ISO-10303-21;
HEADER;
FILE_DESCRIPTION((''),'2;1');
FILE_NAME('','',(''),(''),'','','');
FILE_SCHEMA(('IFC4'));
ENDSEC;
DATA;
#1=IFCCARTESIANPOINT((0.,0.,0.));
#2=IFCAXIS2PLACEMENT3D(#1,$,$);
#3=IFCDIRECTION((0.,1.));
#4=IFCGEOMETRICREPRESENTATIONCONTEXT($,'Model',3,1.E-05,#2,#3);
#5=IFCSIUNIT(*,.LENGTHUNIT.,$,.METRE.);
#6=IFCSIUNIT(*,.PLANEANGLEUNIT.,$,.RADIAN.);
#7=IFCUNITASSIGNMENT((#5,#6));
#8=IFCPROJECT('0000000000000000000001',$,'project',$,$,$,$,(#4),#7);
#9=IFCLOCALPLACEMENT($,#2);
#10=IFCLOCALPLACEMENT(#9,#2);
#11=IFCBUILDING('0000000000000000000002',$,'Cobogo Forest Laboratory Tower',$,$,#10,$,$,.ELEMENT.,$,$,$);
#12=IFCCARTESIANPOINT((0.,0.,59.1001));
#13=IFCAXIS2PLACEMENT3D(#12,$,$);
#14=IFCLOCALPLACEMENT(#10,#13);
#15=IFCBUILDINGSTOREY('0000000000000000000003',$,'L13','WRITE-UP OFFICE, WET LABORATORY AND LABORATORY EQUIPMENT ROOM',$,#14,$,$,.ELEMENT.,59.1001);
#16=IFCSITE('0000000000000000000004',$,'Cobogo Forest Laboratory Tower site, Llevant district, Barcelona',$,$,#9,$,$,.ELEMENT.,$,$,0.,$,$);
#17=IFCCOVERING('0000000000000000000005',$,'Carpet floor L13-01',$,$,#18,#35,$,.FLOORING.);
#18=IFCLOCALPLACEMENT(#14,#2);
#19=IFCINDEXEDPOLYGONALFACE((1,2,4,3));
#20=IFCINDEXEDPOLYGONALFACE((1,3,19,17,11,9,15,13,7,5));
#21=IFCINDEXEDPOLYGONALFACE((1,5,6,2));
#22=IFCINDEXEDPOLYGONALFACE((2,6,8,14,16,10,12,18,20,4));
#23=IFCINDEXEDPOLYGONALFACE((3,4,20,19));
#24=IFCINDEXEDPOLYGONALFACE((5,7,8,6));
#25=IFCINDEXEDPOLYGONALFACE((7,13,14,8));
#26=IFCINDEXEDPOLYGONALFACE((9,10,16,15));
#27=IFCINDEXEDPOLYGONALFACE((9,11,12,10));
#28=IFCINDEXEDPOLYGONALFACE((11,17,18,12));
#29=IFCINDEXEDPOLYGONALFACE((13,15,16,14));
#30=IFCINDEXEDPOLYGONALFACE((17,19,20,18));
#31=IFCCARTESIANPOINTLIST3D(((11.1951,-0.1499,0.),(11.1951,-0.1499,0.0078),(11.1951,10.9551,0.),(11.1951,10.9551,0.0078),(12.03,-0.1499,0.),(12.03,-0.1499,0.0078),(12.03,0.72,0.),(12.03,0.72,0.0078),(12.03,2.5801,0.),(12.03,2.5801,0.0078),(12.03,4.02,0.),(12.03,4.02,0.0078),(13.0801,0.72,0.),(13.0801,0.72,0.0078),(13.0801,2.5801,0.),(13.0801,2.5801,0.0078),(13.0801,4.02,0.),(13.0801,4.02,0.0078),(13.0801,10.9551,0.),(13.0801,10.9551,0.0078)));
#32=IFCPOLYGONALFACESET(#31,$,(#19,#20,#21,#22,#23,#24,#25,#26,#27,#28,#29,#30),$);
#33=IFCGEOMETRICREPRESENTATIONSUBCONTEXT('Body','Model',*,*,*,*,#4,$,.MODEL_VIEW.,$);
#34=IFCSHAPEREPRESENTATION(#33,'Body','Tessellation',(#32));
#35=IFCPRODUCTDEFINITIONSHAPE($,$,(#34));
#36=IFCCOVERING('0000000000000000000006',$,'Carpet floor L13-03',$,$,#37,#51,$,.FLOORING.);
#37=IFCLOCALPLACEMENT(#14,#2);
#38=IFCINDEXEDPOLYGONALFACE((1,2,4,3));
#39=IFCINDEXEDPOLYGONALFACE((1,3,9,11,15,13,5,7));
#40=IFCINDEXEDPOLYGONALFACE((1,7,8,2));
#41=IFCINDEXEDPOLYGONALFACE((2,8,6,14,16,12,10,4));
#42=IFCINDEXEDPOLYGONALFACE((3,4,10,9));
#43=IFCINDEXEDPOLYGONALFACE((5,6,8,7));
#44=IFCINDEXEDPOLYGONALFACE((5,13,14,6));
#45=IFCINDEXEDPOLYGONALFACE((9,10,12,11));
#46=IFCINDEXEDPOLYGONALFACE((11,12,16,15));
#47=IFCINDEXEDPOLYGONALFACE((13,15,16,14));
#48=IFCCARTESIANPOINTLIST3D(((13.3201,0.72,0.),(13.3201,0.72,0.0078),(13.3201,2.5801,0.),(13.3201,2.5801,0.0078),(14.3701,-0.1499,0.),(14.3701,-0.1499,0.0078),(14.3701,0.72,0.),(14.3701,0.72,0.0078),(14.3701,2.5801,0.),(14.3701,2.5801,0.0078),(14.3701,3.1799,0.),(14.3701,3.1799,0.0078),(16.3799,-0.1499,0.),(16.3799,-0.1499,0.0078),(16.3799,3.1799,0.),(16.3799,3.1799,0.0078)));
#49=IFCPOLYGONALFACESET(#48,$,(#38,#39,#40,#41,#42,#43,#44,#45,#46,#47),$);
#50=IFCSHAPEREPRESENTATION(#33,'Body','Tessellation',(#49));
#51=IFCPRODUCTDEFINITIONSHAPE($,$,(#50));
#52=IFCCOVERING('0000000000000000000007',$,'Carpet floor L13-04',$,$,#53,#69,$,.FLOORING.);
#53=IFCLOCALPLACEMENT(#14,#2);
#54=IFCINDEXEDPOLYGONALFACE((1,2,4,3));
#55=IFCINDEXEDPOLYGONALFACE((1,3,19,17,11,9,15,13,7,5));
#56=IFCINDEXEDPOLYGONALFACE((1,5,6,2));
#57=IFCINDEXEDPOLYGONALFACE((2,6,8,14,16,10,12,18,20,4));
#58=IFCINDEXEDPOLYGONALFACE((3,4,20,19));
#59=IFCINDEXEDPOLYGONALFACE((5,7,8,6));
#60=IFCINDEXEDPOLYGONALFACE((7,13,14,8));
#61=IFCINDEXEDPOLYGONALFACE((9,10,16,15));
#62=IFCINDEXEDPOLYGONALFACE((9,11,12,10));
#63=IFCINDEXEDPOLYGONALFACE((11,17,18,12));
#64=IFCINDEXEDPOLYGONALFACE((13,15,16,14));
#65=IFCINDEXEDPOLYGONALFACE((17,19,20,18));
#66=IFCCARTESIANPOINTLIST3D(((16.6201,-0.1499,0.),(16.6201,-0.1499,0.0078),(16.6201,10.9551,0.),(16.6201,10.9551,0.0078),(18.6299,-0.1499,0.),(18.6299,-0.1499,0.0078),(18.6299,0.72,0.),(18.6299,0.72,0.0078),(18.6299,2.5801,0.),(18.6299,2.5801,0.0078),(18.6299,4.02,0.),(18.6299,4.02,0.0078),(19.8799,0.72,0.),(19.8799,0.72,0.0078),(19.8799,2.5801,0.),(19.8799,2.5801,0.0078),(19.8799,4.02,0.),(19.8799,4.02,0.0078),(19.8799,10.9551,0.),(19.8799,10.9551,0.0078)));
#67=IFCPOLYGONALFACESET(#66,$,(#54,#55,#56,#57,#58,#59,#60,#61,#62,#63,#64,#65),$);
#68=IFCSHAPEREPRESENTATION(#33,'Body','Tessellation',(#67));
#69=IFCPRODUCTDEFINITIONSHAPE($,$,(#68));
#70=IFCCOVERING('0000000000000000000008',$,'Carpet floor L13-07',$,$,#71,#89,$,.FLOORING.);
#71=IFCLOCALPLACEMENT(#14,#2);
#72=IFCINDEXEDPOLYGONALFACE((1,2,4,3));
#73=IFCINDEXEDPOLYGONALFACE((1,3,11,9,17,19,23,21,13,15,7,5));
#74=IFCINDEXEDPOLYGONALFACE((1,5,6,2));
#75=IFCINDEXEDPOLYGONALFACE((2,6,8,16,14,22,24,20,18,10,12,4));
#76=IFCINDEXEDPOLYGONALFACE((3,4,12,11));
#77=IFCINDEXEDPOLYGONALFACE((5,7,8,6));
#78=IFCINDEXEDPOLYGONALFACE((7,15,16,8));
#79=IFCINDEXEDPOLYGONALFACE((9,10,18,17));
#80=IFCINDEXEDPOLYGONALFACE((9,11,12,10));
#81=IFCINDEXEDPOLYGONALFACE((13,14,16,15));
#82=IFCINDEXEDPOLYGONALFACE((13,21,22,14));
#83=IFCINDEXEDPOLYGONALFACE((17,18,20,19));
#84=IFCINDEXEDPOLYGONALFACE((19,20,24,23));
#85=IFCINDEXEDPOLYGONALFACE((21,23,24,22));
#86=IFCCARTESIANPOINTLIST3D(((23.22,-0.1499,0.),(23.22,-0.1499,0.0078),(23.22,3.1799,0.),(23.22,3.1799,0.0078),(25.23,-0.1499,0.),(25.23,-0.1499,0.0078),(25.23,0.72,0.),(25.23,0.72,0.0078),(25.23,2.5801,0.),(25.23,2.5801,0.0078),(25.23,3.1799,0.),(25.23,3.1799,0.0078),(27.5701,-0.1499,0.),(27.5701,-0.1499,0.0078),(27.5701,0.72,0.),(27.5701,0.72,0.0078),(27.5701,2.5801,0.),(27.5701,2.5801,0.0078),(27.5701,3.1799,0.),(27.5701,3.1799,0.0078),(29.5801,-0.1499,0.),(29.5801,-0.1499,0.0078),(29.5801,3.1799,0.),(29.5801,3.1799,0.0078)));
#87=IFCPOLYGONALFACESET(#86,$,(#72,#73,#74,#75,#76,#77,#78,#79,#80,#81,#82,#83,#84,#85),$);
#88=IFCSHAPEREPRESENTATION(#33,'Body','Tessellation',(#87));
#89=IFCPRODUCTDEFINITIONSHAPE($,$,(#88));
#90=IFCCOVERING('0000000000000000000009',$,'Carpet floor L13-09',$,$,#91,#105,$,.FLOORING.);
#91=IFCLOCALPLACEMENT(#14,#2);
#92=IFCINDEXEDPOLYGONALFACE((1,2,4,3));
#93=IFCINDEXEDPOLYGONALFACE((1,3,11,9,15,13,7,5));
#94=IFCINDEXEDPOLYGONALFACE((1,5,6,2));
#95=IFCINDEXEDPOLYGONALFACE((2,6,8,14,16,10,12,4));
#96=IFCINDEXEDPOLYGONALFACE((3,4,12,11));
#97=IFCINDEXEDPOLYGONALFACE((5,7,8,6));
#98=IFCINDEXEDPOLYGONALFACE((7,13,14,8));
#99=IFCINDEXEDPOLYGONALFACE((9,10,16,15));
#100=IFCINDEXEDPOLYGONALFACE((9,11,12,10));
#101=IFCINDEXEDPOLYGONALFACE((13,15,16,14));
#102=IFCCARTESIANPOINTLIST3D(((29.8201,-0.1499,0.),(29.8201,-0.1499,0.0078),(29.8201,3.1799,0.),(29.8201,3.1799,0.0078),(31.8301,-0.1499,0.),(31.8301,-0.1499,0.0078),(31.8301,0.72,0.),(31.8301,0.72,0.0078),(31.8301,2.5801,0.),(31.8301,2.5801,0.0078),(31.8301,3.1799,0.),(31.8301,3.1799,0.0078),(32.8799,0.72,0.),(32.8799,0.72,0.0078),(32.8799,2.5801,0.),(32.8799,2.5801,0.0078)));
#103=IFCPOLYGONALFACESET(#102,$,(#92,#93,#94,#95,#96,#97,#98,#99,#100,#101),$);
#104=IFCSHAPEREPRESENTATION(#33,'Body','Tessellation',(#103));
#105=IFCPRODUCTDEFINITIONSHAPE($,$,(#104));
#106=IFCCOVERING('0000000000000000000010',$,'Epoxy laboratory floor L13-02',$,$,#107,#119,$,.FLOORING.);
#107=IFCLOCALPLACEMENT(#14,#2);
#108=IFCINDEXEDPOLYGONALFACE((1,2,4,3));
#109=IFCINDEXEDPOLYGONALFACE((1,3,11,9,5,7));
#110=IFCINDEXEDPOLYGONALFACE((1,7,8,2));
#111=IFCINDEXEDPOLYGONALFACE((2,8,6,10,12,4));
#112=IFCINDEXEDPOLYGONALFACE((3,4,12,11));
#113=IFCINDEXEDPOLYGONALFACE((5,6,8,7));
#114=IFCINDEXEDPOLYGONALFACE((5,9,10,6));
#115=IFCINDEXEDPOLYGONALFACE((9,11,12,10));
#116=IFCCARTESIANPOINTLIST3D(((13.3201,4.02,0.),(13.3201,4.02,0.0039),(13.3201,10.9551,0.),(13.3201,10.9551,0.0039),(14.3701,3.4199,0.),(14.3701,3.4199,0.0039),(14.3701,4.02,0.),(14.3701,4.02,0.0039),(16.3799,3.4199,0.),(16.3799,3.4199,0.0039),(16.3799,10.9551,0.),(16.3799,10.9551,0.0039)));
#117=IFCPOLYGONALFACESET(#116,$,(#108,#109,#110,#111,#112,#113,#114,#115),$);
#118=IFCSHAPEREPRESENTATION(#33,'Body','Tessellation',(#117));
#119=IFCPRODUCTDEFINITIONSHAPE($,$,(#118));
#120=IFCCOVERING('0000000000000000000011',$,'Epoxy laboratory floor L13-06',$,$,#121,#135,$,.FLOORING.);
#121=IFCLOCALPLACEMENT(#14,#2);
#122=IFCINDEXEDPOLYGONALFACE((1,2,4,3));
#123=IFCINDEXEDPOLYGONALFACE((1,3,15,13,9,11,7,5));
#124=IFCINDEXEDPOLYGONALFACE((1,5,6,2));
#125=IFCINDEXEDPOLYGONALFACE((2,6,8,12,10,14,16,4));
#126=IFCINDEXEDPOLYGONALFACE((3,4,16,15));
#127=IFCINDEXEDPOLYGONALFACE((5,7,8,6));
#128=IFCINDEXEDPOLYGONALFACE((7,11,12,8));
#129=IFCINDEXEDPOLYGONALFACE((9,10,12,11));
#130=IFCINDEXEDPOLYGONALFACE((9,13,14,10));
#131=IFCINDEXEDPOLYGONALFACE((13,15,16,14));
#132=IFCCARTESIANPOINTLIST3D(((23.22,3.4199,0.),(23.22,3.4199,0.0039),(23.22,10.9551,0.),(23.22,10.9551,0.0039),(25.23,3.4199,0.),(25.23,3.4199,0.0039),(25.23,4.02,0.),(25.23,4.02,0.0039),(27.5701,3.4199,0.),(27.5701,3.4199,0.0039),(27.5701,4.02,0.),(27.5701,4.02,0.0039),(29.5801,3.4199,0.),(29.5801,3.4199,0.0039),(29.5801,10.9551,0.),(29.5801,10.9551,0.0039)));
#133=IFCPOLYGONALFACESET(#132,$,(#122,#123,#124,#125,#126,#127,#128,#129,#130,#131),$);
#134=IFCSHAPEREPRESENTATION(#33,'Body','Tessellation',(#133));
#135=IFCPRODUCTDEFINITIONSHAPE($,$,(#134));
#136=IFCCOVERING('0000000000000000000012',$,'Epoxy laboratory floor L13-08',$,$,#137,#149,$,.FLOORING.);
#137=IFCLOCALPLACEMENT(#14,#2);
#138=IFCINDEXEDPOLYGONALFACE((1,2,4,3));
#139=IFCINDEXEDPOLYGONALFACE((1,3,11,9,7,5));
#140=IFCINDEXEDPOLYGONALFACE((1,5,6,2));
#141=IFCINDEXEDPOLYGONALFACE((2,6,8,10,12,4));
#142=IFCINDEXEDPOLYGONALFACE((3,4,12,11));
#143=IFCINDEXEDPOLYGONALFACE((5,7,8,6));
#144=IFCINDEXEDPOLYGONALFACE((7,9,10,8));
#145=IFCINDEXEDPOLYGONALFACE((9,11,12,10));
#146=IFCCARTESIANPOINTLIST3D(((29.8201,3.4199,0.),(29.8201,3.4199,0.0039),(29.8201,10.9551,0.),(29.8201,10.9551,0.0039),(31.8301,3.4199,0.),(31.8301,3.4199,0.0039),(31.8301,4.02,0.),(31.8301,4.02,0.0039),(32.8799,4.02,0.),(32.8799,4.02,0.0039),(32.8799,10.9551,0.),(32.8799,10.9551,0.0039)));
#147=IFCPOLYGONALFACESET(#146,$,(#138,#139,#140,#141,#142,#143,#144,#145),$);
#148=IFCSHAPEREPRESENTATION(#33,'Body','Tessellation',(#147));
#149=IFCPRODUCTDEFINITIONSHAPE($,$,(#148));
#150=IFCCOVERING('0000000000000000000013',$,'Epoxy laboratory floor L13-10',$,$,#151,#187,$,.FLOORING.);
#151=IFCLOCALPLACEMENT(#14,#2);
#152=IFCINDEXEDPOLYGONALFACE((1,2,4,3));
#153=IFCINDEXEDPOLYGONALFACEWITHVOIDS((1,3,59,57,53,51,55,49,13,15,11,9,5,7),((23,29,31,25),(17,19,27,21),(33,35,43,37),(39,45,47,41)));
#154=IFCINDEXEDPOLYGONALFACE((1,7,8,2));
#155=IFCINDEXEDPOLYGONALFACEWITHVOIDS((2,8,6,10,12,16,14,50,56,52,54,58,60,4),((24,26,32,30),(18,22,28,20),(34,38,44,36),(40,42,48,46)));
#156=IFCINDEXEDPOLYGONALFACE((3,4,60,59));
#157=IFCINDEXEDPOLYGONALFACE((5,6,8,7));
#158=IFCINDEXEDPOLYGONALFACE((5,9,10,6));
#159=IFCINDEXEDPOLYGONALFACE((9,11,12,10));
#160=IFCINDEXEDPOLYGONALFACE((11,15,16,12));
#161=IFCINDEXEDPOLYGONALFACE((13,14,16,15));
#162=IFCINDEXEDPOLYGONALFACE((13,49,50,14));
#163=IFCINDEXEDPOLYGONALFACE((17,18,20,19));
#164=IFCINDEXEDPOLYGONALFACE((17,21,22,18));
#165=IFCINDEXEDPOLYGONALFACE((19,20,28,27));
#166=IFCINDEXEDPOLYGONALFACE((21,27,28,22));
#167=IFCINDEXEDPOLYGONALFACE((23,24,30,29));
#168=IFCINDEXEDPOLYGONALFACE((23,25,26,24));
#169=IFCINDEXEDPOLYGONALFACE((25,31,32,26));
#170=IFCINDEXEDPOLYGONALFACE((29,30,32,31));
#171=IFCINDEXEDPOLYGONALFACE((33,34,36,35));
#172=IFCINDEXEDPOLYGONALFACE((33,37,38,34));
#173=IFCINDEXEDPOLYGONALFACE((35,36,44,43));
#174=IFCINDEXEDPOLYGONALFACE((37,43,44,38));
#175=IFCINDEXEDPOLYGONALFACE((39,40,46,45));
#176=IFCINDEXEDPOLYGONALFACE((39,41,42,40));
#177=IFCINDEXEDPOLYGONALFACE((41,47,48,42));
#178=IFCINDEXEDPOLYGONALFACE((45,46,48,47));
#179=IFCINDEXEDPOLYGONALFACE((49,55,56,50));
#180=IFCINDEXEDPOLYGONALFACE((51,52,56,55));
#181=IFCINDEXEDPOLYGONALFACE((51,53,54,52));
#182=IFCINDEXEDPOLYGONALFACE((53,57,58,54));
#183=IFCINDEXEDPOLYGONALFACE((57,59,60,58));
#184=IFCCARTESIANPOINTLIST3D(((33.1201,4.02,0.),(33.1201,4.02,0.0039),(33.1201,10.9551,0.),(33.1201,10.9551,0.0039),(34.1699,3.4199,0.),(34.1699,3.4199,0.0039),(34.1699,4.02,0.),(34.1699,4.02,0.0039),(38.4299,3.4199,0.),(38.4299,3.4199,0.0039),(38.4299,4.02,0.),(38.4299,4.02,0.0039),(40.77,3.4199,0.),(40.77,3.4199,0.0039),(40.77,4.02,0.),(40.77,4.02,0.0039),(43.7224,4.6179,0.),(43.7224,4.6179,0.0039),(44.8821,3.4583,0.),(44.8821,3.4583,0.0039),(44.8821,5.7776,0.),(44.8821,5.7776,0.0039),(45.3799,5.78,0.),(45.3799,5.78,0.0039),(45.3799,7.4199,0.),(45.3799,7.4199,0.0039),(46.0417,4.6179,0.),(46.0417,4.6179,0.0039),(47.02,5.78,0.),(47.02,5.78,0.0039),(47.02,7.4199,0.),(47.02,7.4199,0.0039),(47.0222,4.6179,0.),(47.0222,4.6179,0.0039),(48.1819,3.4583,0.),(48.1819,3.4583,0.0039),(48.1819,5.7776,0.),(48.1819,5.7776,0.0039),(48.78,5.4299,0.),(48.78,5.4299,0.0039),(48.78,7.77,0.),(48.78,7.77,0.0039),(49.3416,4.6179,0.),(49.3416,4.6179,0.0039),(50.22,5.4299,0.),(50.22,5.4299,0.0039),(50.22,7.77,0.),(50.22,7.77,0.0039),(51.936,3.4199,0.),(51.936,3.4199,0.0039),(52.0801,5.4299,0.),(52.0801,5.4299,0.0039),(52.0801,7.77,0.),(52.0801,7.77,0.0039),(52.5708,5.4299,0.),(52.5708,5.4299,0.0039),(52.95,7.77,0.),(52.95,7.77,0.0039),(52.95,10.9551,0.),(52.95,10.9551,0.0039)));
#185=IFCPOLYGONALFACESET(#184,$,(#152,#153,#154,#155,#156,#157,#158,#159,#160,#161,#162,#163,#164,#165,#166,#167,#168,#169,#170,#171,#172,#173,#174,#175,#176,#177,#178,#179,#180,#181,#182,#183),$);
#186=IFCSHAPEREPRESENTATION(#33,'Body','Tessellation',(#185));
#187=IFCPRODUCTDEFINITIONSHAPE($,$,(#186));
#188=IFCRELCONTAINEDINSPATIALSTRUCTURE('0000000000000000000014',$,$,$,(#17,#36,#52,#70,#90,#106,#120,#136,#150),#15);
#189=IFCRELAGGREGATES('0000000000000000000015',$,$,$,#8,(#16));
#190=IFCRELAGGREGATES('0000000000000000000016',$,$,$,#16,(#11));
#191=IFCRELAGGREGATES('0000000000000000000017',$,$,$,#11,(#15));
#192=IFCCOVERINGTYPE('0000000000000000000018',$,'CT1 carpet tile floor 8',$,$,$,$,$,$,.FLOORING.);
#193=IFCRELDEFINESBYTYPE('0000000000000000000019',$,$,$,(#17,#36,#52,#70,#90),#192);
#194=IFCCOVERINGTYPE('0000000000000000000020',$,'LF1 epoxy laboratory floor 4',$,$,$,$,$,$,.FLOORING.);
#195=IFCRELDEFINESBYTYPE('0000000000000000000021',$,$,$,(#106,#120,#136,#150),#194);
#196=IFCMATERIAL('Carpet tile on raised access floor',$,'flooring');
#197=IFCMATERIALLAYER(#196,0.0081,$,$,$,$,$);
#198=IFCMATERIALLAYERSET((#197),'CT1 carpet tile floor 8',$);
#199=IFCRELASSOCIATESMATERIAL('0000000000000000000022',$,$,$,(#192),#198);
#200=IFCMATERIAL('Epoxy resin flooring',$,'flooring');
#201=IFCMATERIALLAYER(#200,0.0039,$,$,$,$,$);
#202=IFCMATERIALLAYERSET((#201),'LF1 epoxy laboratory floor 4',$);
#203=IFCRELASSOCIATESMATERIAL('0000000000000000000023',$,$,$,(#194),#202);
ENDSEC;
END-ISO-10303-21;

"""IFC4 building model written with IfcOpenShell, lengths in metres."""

from ifc_helpers import new_model, si_unit, direction, frame, origin, place, context, subcontext, project, spatial, polyline, outline, extrude, material, layer, layer_set, type_object, element, save


model = new_model("IFC4")

# Units and contexts
model_context = context("Model", 3, precision=1e-05, world=origin(), true_north=direction((0.0, 1.0)))
body_context = subcontext(model_context, "Body", "Model", "MODEL_VIEW")
ifc_project = project(units=[si_unit("LENGTHUNIT", "METRE"), si_unit("PLANEANGLEUNIT", "RADIAN")], contexts=[model_context])

# Site, building, storey
site_placement = place(None, origin())
site = spatial("IfcSite", under=ifc_project, at=site_placement, Name="Cobogo Forest Laboratory Tower site, Llevant district, Barcelona", CompositionType="ELEMENT", RefElevation=0.0)
building_placement = place(site_placement, origin())
building = spatial("IfcBuilding", under=site, at=building_placement, Name="Cobogo Forest Laboratory Tower", CompositionType="ELEMENT")
storey_placement = place(building_placement, frame((0.0, 0.0, 59.1001)))
storey = spatial("IfcBuildingStorey", under=building, at=storey_placement, Name="L13", Description="WRITE-UP OFFICE, WET LABORATORY AND LABORATORY EQUIPMENT ROOM", CompositionType="ELEMENT", Elevation=59.1001)

# Coverings
ifc_material_1 = material(Name="Carpet tile on raised access floor", Category="flooring")
ifc_layer_1 = layer(ifc_material_1, 0.0081)
ifc_layer_set_1 = layer_set([ifc_layer_1], Name="CT1 carpet tile floor 8")
covering_type_1 = type_object("IfcCoveringType", Name="CT1 carpet tile floor 8", PredefinedType="FLOORING", material=ifc_layer_set_1)
covering_1_placement = place(storey_placement, origin())
element("IfcCovering", 1, at=covering_1_placement, inside=storey, type_object=covering_type_1, Name="Carpet floor L13-01", PredefinedType="FLOORING", context=body_context, shape_type="SweptSolid", body=[
    extrude(outline(polyline([(13.0801, 10.9551), (13.0801, 4.02), (12.03, 4.02), (12.03, 2.5801), (13.0801, 2.5801), (13.0801, 0.72), (12.03, 0.72), (12.03, -0.1499), (11.1951, -0.1499), (11.1951, 10.9551), (13.0801, 10.9551)])), origin(), (0.0, 0.0, 1.0), 0.0078),
])
covering_2_placement = place(storey_placement, origin())
element("IfcCovering", 2, at=covering_2_placement, inside=storey, type_object=covering_type_1, Name="Carpet floor L13-03", PredefinedType="FLOORING", context=body_context, shape_type="SweptSolid", body=[
    extrude(outline(polyline([(16.3799, 3.1799), (16.3799, -0.1499), (14.3701, -0.1499), (14.3701, 0.72), (13.3201, 0.72), (13.3201, 2.5801), (14.3701, 2.5801), (14.3701, 3.1799), (16.3799, 3.1799)])), origin(), (0.0, 0.0, 1.0), 0.0078),
])
covering_3_placement = place(storey_placement, origin())
element("IfcCovering", 3, at=covering_3_placement, inside=storey, type_object=covering_type_1, Name="Carpet floor L13-04", PredefinedType="FLOORING", context=body_context, shape_type="SweptSolid", body=[
    extrude(outline(polyline([(19.8799, 10.9551), (19.8799, 4.02), (18.6299, 4.02), (18.6299, 2.5801), (19.8799, 2.5801), (19.8799, 0.72), (18.6299, 0.72), (18.6299, -0.1499), (16.6201, -0.1499), (16.6201, 10.9551), (19.8799, 10.9551)])), origin(), (0.0, 0.0, 1.0), 0.0078),
])
covering_4_placement = place(storey_placement, origin())
element("IfcCovering", 4, at=covering_4_placement, inside=storey, type_object=covering_type_1, Name="Carpet floor L13-07", PredefinedType="FLOORING", context=body_context, shape_type="SweptSolid", body=[
    extrude(outline(polyline([(25.23, 3.1799), (25.23, 2.5801), (27.5701, 2.5801), (27.5701, 3.1799), (29.5801, 3.1799), (29.5801, -0.1499), (27.5701, -0.1499), (27.5701, 0.72), (25.23, 0.72), (25.23, -0.1499), (23.22, -0.1499), (23.22, 3.1799), (25.23, 3.1799)])), origin(), (0.0, 0.0, 1.0), 0.0078),
])
covering_5_placement = place(storey_placement, origin())
element("IfcCovering", 5, at=covering_5_placement, inside=storey, type_object=covering_type_1, Name="Carpet floor L13-09", PredefinedType="FLOORING", context=body_context, shape_type="SweptSolid", body=[
    extrude(outline(polyline([(31.8301, 3.1799), (31.8301, 2.5801), (32.8799, 2.5801), (32.8799, 0.72), (31.8301, 0.72), (31.8301, -0.1499), (29.8201, -0.1499), (29.8201, 3.1799), (31.8301, 3.1799)])), origin(), (0.0, 0.0, 1.0), 0.0078),
])
ifc_material_2 = material(Name="Epoxy resin flooring", Category="flooring")
ifc_layer_2 = layer(ifc_material_2, 0.0039)
ifc_layer_set_2 = layer_set([ifc_layer_2], Name="LF1 epoxy laboratory floor 4")
covering_type_2 = type_object("IfcCoveringType", Name="LF1 epoxy laboratory floor 4", PredefinedType="FLOORING", material=ifc_layer_set_2)
covering_6_placement = place(storey_placement, origin())
element("IfcCovering", 6, at=covering_6_placement, inside=storey, type_object=covering_type_2, Name="Epoxy laboratory floor L13-02", PredefinedType="FLOORING", context=body_context, shape_type="SweptSolid", body=[
    extrude(outline(polyline([(13.3201, 10.9551), (16.3799, 10.9551), (16.3799, 3.4199), (14.3701, 3.4199), (14.3701, 4.02), (13.3201, 4.02), (13.3201, 10.9551)])), origin(), (0.0, 0.0, 1.0), 0.0039),
])
covering_7_placement = place(storey_placement, origin())
element("IfcCovering", 7, at=covering_7_placement, inside=storey, type_object=covering_type_2, Name="Epoxy laboratory floor L13-06", PredefinedType="FLOORING", context=body_context, shape_type="SweptSolid", body=[
    extrude(outline(polyline([(23.22, 10.9551), (29.5801, 10.9551), (29.5801, 3.4199), (27.5701, 3.4199), (27.5701, 4.02), (25.23, 4.02), (25.23, 3.4199), (23.22, 3.4199), (23.22, 10.9551)])), origin(), (0.0, 0.0, 1.0), 0.0039),
])
covering_8_placement = place(storey_placement, origin())
element("IfcCovering", 8, at=covering_8_placement, inside=storey, type_object=covering_type_2, Name="Epoxy laboratory floor L13-08", PredefinedType="FLOORING", context=body_context, shape_type="SweptSolid", body=[
    extrude(outline(polyline([(29.8201, 10.9551), (32.8799, 10.9551), (32.8799, 4.02), (31.8301, 4.02), (31.8301, 3.4199), (29.8201, 3.4199), (29.8201, 10.9551)])), origin(), (0.0, 0.0, 1.0), 0.0039),
])
covering_9_placement = place(storey_placement, origin())
element("IfcCovering", 9, at=covering_9_placement, inside=storey, type_object=covering_type_2, Name="Epoxy laboratory floor L13-10", PredefinedType="FLOORING", context=body_context, shape_type="SweptSolid", body=[
    extrude(outline(polyline([(33.1201, 10.9551), (52.95, 10.9551), (52.95, 7.77), (52.0801, 7.77), (52.0801, 5.4299), (52.5708, 5.4299), (51.936, 3.4199), (40.77, 3.4199), (40.77, 4.02), (38.4299, 4.02), (38.4299, 3.4199), (34.1699, 3.4199), (34.1699, 4.02), (33.1201, 4.02), (33.1201, 10.9551)]), holes=[polyline([(48.78, 5.4299), (50.22, 5.4299), (50.22, 7.77), (48.78, 7.77), (48.78, 5.4299)]), polyline([(48.1819, 5.7776), (47.0222, 4.6179), (48.1819, 3.4583), (49.3416, 4.6179), (48.1819, 5.7776)]), polyline([(45.3799, 7.4199), (45.3799, 5.78), (47.02, 5.78), (47.02, 7.4199), (45.3799, 7.4199)]), polyline([(44.8821, 5.7776), (43.7224, 4.6179), (44.8821, 3.4583), (46.0417, 4.6179), (44.8821, 5.7776)])]), origin(), (0.0, 0.0, 1.0), 0.0039),
])

save(model, "model.ifc")
